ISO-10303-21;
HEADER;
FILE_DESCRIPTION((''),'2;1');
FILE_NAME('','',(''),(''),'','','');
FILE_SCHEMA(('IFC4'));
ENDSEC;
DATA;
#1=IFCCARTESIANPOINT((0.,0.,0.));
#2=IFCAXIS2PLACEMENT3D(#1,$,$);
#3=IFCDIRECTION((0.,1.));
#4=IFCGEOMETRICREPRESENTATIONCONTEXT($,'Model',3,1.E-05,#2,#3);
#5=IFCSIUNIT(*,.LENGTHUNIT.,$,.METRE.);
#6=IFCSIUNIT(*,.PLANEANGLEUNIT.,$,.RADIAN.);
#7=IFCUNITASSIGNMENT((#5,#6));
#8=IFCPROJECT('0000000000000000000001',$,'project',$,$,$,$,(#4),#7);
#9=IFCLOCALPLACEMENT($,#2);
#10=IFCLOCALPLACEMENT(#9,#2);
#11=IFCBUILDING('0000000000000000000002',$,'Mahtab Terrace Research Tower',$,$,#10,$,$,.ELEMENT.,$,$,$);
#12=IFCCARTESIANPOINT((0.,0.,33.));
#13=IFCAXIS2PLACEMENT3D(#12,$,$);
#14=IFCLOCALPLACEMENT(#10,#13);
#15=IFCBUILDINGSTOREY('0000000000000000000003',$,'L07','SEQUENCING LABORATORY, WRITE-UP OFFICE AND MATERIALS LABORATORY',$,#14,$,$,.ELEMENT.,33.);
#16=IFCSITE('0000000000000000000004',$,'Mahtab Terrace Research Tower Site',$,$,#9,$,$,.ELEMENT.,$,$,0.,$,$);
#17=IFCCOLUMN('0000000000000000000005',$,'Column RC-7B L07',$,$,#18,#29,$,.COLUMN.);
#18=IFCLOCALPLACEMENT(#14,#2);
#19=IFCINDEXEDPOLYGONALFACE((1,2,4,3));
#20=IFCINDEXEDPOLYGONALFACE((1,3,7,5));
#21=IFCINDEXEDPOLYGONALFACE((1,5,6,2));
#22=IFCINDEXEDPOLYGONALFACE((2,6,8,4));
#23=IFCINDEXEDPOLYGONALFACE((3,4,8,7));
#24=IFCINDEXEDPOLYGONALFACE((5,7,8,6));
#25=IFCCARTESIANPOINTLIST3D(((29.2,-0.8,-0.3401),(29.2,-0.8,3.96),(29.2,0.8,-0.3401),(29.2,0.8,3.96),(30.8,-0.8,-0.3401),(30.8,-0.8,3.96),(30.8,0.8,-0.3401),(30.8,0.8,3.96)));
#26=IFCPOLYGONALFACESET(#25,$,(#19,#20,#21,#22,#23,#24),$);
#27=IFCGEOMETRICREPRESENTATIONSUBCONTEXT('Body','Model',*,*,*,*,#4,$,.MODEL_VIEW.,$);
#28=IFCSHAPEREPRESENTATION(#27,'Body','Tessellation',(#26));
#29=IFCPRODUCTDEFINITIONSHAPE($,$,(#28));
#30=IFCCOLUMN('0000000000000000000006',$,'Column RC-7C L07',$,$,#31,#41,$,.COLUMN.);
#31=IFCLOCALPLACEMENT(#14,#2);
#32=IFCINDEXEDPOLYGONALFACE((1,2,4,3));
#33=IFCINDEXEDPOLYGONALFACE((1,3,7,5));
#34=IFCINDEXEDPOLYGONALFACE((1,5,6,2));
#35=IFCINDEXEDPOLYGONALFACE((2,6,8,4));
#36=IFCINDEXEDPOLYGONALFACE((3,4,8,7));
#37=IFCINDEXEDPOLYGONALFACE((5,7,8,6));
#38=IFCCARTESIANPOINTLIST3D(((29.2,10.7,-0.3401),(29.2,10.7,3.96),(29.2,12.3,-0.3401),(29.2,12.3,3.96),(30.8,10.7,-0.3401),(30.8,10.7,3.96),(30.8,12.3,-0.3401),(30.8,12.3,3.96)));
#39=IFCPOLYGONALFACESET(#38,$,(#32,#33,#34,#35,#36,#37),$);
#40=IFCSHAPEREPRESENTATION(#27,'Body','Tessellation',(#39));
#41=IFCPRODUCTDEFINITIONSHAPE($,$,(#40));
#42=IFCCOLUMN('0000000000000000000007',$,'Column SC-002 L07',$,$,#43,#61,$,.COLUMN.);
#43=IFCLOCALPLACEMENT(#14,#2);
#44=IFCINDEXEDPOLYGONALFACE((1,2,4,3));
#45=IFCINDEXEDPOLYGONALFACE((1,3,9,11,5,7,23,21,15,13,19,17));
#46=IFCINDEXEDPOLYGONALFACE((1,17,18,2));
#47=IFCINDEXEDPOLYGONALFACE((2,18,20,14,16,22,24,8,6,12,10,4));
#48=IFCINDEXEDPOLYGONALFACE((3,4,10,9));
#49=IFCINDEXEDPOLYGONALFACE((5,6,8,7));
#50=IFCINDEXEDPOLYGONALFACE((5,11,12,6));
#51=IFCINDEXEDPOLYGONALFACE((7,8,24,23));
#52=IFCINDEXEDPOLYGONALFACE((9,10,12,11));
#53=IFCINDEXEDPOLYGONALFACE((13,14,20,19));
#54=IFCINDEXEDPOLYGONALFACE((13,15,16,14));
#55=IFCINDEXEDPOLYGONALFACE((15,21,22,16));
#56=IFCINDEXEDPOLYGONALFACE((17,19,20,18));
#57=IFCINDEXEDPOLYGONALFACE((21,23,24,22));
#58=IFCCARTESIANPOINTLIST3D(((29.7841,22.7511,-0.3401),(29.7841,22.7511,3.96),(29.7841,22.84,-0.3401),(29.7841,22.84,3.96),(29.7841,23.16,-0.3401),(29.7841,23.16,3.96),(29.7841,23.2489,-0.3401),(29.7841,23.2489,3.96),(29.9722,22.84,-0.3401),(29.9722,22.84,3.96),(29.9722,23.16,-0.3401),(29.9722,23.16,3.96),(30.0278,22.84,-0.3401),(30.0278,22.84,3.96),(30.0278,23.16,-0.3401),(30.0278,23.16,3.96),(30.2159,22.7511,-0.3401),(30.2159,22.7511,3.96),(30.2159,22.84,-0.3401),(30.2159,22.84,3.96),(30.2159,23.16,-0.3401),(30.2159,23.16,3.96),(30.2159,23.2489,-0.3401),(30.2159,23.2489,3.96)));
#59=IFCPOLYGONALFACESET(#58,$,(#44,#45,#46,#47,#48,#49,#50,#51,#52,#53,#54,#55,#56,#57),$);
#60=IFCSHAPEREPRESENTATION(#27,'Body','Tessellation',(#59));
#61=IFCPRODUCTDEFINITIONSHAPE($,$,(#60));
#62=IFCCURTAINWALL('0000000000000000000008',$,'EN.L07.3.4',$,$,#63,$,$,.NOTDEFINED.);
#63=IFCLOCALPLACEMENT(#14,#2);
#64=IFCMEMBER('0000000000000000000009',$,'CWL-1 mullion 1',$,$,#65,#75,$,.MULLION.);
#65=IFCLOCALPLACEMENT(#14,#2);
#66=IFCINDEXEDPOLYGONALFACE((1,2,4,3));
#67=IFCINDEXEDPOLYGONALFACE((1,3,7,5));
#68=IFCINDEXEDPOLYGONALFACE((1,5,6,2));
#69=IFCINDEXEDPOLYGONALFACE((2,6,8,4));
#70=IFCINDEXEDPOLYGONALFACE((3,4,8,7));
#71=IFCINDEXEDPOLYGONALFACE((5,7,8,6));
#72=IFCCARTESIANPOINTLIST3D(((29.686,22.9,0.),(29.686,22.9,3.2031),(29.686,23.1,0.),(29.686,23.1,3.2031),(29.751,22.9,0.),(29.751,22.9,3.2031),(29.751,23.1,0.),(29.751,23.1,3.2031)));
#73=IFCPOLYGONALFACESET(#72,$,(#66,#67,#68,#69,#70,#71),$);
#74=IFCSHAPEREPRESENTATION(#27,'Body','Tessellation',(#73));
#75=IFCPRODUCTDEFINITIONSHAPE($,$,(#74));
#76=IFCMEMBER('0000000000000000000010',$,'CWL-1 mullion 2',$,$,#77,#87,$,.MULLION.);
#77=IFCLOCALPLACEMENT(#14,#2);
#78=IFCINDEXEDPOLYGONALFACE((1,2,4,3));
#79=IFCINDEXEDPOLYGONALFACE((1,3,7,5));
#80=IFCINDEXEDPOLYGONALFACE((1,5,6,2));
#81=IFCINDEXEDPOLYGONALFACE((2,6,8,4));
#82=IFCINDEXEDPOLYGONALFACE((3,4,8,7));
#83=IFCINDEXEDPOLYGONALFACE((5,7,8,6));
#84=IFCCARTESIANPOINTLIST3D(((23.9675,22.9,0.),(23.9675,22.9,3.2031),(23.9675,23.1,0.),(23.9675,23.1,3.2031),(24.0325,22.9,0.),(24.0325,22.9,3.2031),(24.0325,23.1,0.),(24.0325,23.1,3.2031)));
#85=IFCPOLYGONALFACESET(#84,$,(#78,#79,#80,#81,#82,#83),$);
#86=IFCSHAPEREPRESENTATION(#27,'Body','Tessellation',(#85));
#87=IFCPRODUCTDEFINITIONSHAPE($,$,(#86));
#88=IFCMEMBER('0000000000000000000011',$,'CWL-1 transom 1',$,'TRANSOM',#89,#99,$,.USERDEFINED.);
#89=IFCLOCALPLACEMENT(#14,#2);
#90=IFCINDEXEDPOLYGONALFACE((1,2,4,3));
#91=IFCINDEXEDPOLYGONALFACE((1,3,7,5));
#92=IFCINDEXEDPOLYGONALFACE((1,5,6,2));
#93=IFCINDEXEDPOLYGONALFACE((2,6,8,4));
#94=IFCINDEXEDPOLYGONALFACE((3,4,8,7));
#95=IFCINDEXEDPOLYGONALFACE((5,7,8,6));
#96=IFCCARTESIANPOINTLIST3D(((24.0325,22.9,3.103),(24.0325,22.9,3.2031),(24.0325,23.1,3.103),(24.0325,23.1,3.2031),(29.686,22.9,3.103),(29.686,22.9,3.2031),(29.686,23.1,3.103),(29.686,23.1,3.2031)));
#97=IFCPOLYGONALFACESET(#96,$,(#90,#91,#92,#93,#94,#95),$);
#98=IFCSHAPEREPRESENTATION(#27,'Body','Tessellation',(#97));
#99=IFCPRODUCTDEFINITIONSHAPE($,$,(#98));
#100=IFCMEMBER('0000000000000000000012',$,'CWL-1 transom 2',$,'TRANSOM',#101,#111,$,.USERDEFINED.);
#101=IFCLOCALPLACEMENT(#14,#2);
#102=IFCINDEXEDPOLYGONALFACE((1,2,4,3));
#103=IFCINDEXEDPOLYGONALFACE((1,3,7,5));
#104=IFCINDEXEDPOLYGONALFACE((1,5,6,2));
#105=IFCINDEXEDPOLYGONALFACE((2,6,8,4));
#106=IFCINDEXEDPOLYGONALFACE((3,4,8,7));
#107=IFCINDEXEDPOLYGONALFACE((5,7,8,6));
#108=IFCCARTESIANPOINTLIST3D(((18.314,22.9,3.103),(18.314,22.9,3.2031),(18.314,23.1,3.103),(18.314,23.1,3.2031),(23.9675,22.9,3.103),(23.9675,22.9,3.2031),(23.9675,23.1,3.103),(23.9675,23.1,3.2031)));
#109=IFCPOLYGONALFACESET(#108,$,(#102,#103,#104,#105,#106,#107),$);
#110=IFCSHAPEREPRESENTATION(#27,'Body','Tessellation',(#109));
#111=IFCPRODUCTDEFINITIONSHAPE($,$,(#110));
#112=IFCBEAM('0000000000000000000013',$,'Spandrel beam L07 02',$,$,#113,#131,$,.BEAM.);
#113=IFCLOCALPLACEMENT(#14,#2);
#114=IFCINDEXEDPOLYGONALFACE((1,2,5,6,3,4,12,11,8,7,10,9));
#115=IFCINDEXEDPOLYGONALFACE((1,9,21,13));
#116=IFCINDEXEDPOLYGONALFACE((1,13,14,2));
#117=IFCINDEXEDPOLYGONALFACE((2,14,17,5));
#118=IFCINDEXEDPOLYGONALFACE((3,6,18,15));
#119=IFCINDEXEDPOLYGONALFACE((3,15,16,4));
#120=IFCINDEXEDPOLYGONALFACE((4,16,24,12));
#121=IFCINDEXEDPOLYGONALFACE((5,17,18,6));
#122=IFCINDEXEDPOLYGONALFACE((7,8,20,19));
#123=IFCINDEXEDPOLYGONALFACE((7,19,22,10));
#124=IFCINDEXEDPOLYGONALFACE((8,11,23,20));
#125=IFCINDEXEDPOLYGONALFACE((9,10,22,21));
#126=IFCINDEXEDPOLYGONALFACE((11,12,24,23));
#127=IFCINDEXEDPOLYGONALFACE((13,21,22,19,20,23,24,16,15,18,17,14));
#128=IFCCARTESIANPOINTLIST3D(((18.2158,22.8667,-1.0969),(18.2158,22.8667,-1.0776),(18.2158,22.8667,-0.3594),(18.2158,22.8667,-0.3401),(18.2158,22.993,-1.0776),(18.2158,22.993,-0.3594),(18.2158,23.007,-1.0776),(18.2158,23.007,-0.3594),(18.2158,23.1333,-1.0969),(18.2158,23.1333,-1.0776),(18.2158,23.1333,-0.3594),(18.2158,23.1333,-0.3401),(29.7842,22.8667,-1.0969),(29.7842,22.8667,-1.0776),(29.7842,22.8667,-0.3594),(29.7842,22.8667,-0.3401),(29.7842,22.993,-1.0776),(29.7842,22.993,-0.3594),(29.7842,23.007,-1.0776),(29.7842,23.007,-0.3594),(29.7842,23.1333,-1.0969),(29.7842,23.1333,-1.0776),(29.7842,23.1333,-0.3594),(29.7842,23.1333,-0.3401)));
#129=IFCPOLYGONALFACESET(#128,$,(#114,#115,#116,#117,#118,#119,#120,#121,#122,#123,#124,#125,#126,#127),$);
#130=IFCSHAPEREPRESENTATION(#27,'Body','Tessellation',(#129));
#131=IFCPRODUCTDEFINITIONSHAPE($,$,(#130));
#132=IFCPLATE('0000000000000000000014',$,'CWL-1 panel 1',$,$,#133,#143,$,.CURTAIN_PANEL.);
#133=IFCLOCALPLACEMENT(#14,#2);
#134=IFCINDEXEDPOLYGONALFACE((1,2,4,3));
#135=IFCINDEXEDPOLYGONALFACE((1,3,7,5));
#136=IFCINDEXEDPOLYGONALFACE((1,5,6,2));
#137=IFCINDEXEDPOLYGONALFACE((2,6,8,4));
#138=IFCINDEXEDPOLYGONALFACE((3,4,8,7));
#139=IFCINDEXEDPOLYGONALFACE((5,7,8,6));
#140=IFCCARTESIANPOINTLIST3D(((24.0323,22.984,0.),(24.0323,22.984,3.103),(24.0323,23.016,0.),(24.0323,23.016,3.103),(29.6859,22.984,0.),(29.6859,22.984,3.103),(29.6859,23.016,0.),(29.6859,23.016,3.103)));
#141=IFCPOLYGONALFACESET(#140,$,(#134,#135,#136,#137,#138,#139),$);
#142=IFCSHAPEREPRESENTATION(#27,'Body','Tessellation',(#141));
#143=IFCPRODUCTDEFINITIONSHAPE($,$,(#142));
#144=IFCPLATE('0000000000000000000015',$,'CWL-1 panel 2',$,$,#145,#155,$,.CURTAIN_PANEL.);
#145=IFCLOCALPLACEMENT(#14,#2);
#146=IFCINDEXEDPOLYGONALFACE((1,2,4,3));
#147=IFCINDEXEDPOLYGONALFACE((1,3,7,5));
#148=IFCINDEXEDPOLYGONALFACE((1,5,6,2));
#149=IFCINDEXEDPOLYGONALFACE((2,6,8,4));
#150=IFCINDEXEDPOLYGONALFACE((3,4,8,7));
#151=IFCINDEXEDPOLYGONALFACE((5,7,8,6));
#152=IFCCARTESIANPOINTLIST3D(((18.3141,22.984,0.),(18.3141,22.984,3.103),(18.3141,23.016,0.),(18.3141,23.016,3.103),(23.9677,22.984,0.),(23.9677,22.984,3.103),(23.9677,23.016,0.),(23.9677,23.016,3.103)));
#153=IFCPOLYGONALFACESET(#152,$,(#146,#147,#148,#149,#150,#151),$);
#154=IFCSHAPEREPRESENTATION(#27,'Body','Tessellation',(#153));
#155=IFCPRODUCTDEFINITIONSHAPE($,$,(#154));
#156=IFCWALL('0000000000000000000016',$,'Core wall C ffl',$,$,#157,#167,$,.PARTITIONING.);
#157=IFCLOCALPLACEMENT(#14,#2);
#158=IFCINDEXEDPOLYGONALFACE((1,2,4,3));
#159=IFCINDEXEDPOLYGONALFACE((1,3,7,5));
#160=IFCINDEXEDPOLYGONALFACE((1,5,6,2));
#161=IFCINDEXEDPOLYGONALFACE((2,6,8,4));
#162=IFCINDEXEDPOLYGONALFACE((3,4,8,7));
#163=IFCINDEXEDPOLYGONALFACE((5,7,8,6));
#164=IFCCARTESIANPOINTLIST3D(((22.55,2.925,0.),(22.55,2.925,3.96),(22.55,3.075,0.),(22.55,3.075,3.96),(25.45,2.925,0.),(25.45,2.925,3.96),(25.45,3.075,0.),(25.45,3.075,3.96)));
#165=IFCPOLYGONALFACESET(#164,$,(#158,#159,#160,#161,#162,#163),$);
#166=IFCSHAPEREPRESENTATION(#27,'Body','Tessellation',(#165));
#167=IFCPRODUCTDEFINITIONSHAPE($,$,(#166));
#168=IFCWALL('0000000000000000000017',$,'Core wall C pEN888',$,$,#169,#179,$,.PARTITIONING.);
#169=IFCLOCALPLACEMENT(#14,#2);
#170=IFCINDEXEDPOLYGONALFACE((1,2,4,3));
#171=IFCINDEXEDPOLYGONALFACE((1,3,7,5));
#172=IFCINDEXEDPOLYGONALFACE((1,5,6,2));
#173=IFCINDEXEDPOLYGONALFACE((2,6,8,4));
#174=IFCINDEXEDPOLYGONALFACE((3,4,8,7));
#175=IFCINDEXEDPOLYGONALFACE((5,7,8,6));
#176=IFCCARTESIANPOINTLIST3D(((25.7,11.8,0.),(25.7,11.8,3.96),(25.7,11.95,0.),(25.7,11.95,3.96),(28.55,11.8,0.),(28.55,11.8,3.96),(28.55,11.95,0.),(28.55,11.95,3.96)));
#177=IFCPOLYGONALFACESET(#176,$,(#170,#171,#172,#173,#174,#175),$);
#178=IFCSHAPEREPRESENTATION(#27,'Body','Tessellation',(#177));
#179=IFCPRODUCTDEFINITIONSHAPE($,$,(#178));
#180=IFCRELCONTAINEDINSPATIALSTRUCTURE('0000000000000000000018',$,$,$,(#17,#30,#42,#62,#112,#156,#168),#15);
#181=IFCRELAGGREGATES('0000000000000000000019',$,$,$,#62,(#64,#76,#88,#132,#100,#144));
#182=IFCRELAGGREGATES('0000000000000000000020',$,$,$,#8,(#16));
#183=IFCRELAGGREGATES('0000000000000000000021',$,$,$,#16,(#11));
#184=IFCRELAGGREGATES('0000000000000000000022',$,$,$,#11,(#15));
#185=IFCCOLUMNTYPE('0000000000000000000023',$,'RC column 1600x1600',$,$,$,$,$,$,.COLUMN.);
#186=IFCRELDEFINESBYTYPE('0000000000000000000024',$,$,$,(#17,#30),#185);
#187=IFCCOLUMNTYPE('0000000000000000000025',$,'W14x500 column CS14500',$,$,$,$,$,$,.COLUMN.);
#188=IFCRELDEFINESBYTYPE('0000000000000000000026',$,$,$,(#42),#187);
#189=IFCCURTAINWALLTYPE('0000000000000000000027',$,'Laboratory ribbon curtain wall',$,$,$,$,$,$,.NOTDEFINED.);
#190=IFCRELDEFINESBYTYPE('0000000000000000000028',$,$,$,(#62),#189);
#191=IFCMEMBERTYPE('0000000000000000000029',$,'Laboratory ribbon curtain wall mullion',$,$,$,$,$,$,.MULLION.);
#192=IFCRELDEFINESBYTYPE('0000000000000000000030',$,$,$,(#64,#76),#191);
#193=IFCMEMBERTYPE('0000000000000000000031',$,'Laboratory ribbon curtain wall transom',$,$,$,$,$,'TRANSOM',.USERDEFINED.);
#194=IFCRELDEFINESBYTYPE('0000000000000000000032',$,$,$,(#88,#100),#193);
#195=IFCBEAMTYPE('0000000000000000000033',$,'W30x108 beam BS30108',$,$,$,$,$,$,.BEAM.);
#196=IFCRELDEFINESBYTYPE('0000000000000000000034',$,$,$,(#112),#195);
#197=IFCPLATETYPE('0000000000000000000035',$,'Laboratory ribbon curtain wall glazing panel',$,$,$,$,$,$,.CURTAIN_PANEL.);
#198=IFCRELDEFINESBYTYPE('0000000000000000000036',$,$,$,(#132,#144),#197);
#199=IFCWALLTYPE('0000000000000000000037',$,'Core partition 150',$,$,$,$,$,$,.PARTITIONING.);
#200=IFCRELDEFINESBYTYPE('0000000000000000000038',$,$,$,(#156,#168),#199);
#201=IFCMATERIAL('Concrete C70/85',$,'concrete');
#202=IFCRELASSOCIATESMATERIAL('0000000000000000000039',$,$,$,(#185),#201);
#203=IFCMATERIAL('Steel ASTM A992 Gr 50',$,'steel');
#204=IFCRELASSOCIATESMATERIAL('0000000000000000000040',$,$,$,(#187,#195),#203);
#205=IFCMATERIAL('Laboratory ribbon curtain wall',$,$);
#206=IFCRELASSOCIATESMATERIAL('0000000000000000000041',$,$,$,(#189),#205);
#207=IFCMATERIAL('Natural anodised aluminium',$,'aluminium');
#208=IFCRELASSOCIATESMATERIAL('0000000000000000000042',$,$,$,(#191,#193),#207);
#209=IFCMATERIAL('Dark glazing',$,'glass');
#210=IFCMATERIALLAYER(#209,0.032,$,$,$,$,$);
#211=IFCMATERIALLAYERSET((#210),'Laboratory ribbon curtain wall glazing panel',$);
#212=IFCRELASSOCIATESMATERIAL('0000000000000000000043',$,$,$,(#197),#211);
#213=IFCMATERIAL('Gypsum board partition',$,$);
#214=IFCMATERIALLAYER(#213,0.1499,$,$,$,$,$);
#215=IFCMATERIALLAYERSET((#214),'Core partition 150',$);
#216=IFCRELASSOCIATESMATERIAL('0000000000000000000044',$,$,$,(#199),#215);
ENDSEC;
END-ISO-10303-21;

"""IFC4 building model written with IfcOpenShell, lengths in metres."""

from ifc_helpers import new_model, si_unit, direction, frame, frame_2d, origin, origin_2d, place, context, subcontext, project, spatial, rectangle, i_section, extrude, material, layer, layer_set, material_profile, profile_set, type_object, element, aggregate, save


model = new_model("IFC4")

# Units and contexts
model_context = context("Model", 3, precision=1e-05, world=origin(), true_north=direction((0.0, 1.0)))
body_context = subcontext(model_context, "Body", "Model", "MODEL_VIEW")
ifc_project = project(units=[si_unit("LENGTHUNIT", "METRE"), si_unit("PLANEANGLEUNIT", "RADIAN")], contexts=[model_context])

# Site, building, storey
site_placement = place(None, origin())
site = spatial("IfcSite", under=ifc_project, at=site_placement, Name="Mahtab Terrace Research Tower Site", CompositionType="ELEMENT", RefElevation=0.0)
building_placement = place(site_placement, origin())
building = spatial("IfcBuilding", under=site, at=building_placement, Name="Mahtab Terrace Research Tower", CompositionType="ELEMENT")
storey_placement = place(building_placement, frame((0.0, 0.0, 33.0)))
storey = spatial("IfcBuildingStorey", under=building, at=storey_placement, Name="L07", Description="SEQUENCING LABORATORY, WRITE-UP OFFICE AND MATERIALS LABORATORY", CompositionType="ELEMENT", Elevation=33.0)

# Columns
ifc_material_1 = material(Name="Concrete C70/85", Category="concrete")
ifc_material_profile_1 = material_profile(ifc_material_1, rectangle(XDim=1.6001, YDim=1.6001, at=origin_2d()), Name="RC column 1600x1600")
ifc_profile_set_1 = profile_set([ifc_material_profile_1], Name="Concrete C70/85")
column_type_1 = type_object("IfcColumnType", Name="RC column 1600x1600", PredefinedType="COLUMN", material=ifc_profile_set_1)
for number, where, z_axis, x_axis, name in (
    (1, (30.0, 0.0, -0.3401), (0.0, 0.0, 1.0), (1.0, 0.0, 0.0), "Column RC-7B L07"),
    (2, (30.0, 11.5, -0.3401), (0.0, 0.0, 1.0), (1.0, 0.0, 0.0), "Column RC-7C L07"),
):
    element("IfcColumn", number, at=place(storey_placement, frame(where, z_axis=z_axis, x_axis=x_axis)), inside=storey, type_object=column_type_1, Name=name, PredefinedType="COLUMN", context=body_context, shape_type="SweptSolid", body=[
        extrude(rectangle(XDim=1.6001, YDim=1.6001, at=origin_2d()), origin(), (0.0, 0.0, 1.0), 4.3),
    ])
ifc_material_2 = material(Name="Steel ASTM A992 Gr 50", Category="steel")
ifc_material_profile_2 = material_profile(ifc_material_2, i_section(OverallWidth=0.4319, OverallDepth=0.4978, WebThickness=0.0557, FlangeThickness=0.0889, at=origin_2d()), Name="W14X500")
ifc_profile_set_2 = profile_set([ifc_material_profile_2], Name="Steel ASTM A992 Gr 50")
column_type_2 = type_object("IfcColumnType", Name="W14x500 column CS14500", PredefinedType="COLUMN", material=ifc_profile_set_2)
column_placement = place(storey_placement, frame((30.0, 23.0, -0.3401), z_axis=(0.0, 0.0, 1.0), x_axis=(1.0, 0.0, 0.0)))
element("IfcColumn", 3, at=column_placement, inside=storey, type_object=column_type_2, Name="Column SC-002 L07", PredefinedType="COLUMN", context=body_context, shape_type="SweptSolid", body=[
    extrude(i_section(OverallWidth=0.4319, OverallDepth=0.4978, WebThickness=0.0557, FlangeThickness=0.0889, at=origin_2d()), origin(), (0.0, 0.0, 1.0), 4.3),
])

# Curtain wall, members
ifc_material_3 = material(Name="Laboratory ribbon curtain wall")
curtain_wall_type = type_object("IfcCurtainWallType", Name="Laboratory ribbon curtain wall", PredefinedType="NOTDEFINED", material=ifc_material_3)
curtain_wall_placement = place(storey_placement, origin())
curtain_wall = element("IfcCurtainWall", 4, at=curtain_wall_placement, inside=storey, type_object=curtain_wall_type, Name="EN.L07.3.4", PredefinedType="NOTDEFINED")
ifc_material_4 = material(Name="Natural anodised aluminium", Category="aluminium")
ifc_material_profile_3 = material_profile(ifc_material_4, rectangle(XDim=0.2, YDim=0.0649, at=origin_2d()), Name="MULLION 65x200")
ifc_profile_set_3 = profile_set([ifc_material_profile_3], Name="Natural anodised aluminium")
member_type_1 = type_object("IfcMemberType", Name="Laboratory ribbon curtain wall mullion", PredefinedType="MULLION", material=ifc_profile_set_3)
member_1_placement = place(storey_placement, frame((29.7185, 23.0, 0.0), z_axis=(0.0, 0.0, 1.0), x_axis=(0.0, -1.0, 0.0)))
member_1 = element("IfcMember", 5, at=member_1_placement, type_object=member_type_1, Name="CWL-1 mullion 1", PredefinedType="MULLION", context=body_context, shape_type="SweptSolid", body=[
    extrude(rectangle(XDim=0.2, YDim=0.0649, at=origin_2d()), origin(), (0.0, 0.0, 1.0), 3.2031),
])
member_2_placement = place(storey_placement, frame((24.0, 23.0, 0.0), z_axis=(0.0, 0.0, 1.0), x_axis=(0.0, -1.0, 0.0)))
member_2 = element("IfcMember", 6, at=member_2_placement, type_object=member_type_1, Name="CWL-1 mullion 2", PredefinedType="MULLION", context=body_context, shape_type="SweptSolid", body=[
    extrude(rectangle(XDim=0.2, YDim=0.0649, at=origin_2d()), origin(), (0.0, 0.0, 1.0), 3.2031),
])
ifc_material_profile_4 = material_profile(ifc_material_4, rectangle(XDim=0.2, YDim=0.1001, at=origin_2d()), Name="TRANSOM 100x200")
ifc_profile_set_4 = profile_set([ifc_material_profile_4], Name="Natural anodised aluminium")
member_type_2 = type_object("IfcMemberType", Name="Laboratory ribbon curtain wall transom", ElementType="TRANSOM", PredefinedType="USERDEFINED", material=ifc_profile_set_4)
member_3_placement = place(storey_placement, frame((29.686, 23.0, 3.1531), z_axis=(-1.0, 0.0, 0.0), x_axis=(0.0, -1.0, 0.0)))
member_3 = element("IfcMember", 7, at=member_3_placement, type_object=member_type_2, Name="CWL-1 transom 1", ObjectType="TRANSOM", PredefinedType="USERDEFINED", context=body_context, shape_type="SweptSolid", body=[
    extrude(rectangle(XDim=0.2, YDim=0.1001, at=origin_2d()), origin(), (0.0, 0.0, 1.0), 5.6536),
])
member_4_placement = place(storey_placement, frame((23.9675, 23.0, 3.1531), z_axis=(-1.0, 0.0, 0.0), x_axis=(0.0, -1.0, 0.0)))
member_4 = element("IfcMember", 8, at=member_4_placement, type_object=member_type_2, Name="CWL-1 transom 2", ObjectType="TRANSOM", PredefinedType="USERDEFINED", context=body_context, shape_type="SweptSolid", body=[
    extrude(rectangle(XDim=0.2, YDim=0.1001, at=origin_2d()), origin(), (0.0, 0.0, 1.0), 5.6536),
])

# Beam
ifc_material_profile_5 = material_profile(ifc_material_2, i_section(OverallWidth=0.2666, OverallDepth=0.7568, WebThickness=0.0139, FlangeThickness=0.0193, at=origin_2d()), Name="W30X108")
ifc_profile_set_5 = profile_set([ifc_material_profile_5], Name="Steel ASTM A992 Gr 50")
beam_type = type_object("IfcBeamType", Name="W30x108 beam BS30108", PredefinedType="BEAM", material=ifc_profile_set_5)
beam_placement = place(storey_placement, frame((29.7842, 23.0, -0.7185), z_axis=(-1.0, 0.0, 0.0), x_axis=(0.0, -1.0, 0.0)))
element("IfcBeam", 9, at=beam_placement, inside=storey, type_object=beam_type, Name="Spandrel beam L07 02", PredefinedType="BEAM", context=body_context, shape_type="SweptSolid", body=[
    extrude(i_section(OverallWidth=0.2666, OverallDepth=0.7568, WebThickness=0.0139, FlangeThickness=0.0193, at=origin_2d()), origin(), (0.0, 0.0, 1.0), 11.5684),
])

# Plates
ifc_material_5 = material(Name="Dark glazing", Category="glass")
ifc_layer_1 = layer(ifc_material_5, 0.032)
ifc_layer_set_1 = layer_set([ifc_layer_1], Name="Laboratory ribbon curtain wall glazing panel")
plate_type = type_object("IfcPlateType", Name="Laboratory ribbon curtain wall glazing panel", PredefinedType="CURTAIN_PANEL", material=ifc_layer_set_1)
plate_1_placement = place(storey_placement, frame((26.8591, 23.0, 0.0), z_axis=(0.0, 0.0, 1.0), x_axis=(-1.0, 0.0, 0.0)))
plate_1 = element("IfcPlate", 10, at=plate_1_placement, type_object=plate_type, Name="CWL-1 panel 1", PredefinedType="CURTAIN_PANEL", context=body_context, shape_type="SweptSolid", body=[
    extrude(rectangle(XDim=5.6536, YDim=0.032, at=origin_2d()), origin(), (0.0, 0.0, 1.0), 3.103),
])
plate_2_placement = place(storey_placement, frame((21.1409, 23.0, 0.0), z_axis=(0.0, 0.0, 1.0), x_axis=(-1.0, 0.0, 0.0)))
plate_2 = element("IfcPlate", 11, at=plate_2_placement, type_object=plate_type, Name="CWL-1 panel 2", PredefinedType="CURTAIN_PANEL", context=body_context, shape_type="SweptSolid", body=[
    extrude(rectangle(XDim=5.6536, YDim=0.032, at=origin_2d()), origin(), (0.0, 0.0, 1.0), 3.103),
])
aggregate(curtain_wall, [member_1, member_2, member_3, plate_1, member_4, plate_2])

# Walls
ifc_material_6 = material(Name="Gypsum board partition")
ifc_layer_2 = layer(ifc_material_6, 0.1499)
ifc_layer_set_2 = layer_set([ifc_layer_2], Name="Core partition 150")
wall_type_1 = type_object("IfcWallType", Name="Core partition 150", PredefinedType="PARTITIONING", material=ifc_layer_set_2)
wall_1_placement = place(storey_placement, frame((22.55, 3.0, 0.0), z_axis=(0.0, 0.0, 1.0), x_axis=(1.0, 0.0, 0.0)))
element("IfcWall", 12, at=wall_1_placement, inside=storey, type_object=wall_type_1, Name="Core wall C ffl", PredefinedType="PARTITIONING", context=body_context, shape_type="SweptSolid", body=[
    extrude(rectangle(XDim=2.8999, YDim=0.1499, at=frame_2d((1.45, 0.0))), origin(), (0.0, 0.0, 1.0), 3.96),
])
wall_2_placement = place(storey_placement, frame((25.7, 11.875, 0.0), z_axis=(0.0, 0.0, 1.0), x_axis=(1.0, 0.0, 0.0)))
element("IfcWall", 13, at=wall_2_placement, inside=storey, type_object=wall_type_1, Name="Core wall C pEN888", PredefinedType="PARTITIONING", context=body_context, shape_type="SweptSolid", body=[
    extrude(rectangle(XDim=2.8501, YDim=0.1499, at=frame_2d((1.425, 0.0))), origin(), (0.0, 0.0, 1.0), 3.96),
])

save(model, "model.ifc")
